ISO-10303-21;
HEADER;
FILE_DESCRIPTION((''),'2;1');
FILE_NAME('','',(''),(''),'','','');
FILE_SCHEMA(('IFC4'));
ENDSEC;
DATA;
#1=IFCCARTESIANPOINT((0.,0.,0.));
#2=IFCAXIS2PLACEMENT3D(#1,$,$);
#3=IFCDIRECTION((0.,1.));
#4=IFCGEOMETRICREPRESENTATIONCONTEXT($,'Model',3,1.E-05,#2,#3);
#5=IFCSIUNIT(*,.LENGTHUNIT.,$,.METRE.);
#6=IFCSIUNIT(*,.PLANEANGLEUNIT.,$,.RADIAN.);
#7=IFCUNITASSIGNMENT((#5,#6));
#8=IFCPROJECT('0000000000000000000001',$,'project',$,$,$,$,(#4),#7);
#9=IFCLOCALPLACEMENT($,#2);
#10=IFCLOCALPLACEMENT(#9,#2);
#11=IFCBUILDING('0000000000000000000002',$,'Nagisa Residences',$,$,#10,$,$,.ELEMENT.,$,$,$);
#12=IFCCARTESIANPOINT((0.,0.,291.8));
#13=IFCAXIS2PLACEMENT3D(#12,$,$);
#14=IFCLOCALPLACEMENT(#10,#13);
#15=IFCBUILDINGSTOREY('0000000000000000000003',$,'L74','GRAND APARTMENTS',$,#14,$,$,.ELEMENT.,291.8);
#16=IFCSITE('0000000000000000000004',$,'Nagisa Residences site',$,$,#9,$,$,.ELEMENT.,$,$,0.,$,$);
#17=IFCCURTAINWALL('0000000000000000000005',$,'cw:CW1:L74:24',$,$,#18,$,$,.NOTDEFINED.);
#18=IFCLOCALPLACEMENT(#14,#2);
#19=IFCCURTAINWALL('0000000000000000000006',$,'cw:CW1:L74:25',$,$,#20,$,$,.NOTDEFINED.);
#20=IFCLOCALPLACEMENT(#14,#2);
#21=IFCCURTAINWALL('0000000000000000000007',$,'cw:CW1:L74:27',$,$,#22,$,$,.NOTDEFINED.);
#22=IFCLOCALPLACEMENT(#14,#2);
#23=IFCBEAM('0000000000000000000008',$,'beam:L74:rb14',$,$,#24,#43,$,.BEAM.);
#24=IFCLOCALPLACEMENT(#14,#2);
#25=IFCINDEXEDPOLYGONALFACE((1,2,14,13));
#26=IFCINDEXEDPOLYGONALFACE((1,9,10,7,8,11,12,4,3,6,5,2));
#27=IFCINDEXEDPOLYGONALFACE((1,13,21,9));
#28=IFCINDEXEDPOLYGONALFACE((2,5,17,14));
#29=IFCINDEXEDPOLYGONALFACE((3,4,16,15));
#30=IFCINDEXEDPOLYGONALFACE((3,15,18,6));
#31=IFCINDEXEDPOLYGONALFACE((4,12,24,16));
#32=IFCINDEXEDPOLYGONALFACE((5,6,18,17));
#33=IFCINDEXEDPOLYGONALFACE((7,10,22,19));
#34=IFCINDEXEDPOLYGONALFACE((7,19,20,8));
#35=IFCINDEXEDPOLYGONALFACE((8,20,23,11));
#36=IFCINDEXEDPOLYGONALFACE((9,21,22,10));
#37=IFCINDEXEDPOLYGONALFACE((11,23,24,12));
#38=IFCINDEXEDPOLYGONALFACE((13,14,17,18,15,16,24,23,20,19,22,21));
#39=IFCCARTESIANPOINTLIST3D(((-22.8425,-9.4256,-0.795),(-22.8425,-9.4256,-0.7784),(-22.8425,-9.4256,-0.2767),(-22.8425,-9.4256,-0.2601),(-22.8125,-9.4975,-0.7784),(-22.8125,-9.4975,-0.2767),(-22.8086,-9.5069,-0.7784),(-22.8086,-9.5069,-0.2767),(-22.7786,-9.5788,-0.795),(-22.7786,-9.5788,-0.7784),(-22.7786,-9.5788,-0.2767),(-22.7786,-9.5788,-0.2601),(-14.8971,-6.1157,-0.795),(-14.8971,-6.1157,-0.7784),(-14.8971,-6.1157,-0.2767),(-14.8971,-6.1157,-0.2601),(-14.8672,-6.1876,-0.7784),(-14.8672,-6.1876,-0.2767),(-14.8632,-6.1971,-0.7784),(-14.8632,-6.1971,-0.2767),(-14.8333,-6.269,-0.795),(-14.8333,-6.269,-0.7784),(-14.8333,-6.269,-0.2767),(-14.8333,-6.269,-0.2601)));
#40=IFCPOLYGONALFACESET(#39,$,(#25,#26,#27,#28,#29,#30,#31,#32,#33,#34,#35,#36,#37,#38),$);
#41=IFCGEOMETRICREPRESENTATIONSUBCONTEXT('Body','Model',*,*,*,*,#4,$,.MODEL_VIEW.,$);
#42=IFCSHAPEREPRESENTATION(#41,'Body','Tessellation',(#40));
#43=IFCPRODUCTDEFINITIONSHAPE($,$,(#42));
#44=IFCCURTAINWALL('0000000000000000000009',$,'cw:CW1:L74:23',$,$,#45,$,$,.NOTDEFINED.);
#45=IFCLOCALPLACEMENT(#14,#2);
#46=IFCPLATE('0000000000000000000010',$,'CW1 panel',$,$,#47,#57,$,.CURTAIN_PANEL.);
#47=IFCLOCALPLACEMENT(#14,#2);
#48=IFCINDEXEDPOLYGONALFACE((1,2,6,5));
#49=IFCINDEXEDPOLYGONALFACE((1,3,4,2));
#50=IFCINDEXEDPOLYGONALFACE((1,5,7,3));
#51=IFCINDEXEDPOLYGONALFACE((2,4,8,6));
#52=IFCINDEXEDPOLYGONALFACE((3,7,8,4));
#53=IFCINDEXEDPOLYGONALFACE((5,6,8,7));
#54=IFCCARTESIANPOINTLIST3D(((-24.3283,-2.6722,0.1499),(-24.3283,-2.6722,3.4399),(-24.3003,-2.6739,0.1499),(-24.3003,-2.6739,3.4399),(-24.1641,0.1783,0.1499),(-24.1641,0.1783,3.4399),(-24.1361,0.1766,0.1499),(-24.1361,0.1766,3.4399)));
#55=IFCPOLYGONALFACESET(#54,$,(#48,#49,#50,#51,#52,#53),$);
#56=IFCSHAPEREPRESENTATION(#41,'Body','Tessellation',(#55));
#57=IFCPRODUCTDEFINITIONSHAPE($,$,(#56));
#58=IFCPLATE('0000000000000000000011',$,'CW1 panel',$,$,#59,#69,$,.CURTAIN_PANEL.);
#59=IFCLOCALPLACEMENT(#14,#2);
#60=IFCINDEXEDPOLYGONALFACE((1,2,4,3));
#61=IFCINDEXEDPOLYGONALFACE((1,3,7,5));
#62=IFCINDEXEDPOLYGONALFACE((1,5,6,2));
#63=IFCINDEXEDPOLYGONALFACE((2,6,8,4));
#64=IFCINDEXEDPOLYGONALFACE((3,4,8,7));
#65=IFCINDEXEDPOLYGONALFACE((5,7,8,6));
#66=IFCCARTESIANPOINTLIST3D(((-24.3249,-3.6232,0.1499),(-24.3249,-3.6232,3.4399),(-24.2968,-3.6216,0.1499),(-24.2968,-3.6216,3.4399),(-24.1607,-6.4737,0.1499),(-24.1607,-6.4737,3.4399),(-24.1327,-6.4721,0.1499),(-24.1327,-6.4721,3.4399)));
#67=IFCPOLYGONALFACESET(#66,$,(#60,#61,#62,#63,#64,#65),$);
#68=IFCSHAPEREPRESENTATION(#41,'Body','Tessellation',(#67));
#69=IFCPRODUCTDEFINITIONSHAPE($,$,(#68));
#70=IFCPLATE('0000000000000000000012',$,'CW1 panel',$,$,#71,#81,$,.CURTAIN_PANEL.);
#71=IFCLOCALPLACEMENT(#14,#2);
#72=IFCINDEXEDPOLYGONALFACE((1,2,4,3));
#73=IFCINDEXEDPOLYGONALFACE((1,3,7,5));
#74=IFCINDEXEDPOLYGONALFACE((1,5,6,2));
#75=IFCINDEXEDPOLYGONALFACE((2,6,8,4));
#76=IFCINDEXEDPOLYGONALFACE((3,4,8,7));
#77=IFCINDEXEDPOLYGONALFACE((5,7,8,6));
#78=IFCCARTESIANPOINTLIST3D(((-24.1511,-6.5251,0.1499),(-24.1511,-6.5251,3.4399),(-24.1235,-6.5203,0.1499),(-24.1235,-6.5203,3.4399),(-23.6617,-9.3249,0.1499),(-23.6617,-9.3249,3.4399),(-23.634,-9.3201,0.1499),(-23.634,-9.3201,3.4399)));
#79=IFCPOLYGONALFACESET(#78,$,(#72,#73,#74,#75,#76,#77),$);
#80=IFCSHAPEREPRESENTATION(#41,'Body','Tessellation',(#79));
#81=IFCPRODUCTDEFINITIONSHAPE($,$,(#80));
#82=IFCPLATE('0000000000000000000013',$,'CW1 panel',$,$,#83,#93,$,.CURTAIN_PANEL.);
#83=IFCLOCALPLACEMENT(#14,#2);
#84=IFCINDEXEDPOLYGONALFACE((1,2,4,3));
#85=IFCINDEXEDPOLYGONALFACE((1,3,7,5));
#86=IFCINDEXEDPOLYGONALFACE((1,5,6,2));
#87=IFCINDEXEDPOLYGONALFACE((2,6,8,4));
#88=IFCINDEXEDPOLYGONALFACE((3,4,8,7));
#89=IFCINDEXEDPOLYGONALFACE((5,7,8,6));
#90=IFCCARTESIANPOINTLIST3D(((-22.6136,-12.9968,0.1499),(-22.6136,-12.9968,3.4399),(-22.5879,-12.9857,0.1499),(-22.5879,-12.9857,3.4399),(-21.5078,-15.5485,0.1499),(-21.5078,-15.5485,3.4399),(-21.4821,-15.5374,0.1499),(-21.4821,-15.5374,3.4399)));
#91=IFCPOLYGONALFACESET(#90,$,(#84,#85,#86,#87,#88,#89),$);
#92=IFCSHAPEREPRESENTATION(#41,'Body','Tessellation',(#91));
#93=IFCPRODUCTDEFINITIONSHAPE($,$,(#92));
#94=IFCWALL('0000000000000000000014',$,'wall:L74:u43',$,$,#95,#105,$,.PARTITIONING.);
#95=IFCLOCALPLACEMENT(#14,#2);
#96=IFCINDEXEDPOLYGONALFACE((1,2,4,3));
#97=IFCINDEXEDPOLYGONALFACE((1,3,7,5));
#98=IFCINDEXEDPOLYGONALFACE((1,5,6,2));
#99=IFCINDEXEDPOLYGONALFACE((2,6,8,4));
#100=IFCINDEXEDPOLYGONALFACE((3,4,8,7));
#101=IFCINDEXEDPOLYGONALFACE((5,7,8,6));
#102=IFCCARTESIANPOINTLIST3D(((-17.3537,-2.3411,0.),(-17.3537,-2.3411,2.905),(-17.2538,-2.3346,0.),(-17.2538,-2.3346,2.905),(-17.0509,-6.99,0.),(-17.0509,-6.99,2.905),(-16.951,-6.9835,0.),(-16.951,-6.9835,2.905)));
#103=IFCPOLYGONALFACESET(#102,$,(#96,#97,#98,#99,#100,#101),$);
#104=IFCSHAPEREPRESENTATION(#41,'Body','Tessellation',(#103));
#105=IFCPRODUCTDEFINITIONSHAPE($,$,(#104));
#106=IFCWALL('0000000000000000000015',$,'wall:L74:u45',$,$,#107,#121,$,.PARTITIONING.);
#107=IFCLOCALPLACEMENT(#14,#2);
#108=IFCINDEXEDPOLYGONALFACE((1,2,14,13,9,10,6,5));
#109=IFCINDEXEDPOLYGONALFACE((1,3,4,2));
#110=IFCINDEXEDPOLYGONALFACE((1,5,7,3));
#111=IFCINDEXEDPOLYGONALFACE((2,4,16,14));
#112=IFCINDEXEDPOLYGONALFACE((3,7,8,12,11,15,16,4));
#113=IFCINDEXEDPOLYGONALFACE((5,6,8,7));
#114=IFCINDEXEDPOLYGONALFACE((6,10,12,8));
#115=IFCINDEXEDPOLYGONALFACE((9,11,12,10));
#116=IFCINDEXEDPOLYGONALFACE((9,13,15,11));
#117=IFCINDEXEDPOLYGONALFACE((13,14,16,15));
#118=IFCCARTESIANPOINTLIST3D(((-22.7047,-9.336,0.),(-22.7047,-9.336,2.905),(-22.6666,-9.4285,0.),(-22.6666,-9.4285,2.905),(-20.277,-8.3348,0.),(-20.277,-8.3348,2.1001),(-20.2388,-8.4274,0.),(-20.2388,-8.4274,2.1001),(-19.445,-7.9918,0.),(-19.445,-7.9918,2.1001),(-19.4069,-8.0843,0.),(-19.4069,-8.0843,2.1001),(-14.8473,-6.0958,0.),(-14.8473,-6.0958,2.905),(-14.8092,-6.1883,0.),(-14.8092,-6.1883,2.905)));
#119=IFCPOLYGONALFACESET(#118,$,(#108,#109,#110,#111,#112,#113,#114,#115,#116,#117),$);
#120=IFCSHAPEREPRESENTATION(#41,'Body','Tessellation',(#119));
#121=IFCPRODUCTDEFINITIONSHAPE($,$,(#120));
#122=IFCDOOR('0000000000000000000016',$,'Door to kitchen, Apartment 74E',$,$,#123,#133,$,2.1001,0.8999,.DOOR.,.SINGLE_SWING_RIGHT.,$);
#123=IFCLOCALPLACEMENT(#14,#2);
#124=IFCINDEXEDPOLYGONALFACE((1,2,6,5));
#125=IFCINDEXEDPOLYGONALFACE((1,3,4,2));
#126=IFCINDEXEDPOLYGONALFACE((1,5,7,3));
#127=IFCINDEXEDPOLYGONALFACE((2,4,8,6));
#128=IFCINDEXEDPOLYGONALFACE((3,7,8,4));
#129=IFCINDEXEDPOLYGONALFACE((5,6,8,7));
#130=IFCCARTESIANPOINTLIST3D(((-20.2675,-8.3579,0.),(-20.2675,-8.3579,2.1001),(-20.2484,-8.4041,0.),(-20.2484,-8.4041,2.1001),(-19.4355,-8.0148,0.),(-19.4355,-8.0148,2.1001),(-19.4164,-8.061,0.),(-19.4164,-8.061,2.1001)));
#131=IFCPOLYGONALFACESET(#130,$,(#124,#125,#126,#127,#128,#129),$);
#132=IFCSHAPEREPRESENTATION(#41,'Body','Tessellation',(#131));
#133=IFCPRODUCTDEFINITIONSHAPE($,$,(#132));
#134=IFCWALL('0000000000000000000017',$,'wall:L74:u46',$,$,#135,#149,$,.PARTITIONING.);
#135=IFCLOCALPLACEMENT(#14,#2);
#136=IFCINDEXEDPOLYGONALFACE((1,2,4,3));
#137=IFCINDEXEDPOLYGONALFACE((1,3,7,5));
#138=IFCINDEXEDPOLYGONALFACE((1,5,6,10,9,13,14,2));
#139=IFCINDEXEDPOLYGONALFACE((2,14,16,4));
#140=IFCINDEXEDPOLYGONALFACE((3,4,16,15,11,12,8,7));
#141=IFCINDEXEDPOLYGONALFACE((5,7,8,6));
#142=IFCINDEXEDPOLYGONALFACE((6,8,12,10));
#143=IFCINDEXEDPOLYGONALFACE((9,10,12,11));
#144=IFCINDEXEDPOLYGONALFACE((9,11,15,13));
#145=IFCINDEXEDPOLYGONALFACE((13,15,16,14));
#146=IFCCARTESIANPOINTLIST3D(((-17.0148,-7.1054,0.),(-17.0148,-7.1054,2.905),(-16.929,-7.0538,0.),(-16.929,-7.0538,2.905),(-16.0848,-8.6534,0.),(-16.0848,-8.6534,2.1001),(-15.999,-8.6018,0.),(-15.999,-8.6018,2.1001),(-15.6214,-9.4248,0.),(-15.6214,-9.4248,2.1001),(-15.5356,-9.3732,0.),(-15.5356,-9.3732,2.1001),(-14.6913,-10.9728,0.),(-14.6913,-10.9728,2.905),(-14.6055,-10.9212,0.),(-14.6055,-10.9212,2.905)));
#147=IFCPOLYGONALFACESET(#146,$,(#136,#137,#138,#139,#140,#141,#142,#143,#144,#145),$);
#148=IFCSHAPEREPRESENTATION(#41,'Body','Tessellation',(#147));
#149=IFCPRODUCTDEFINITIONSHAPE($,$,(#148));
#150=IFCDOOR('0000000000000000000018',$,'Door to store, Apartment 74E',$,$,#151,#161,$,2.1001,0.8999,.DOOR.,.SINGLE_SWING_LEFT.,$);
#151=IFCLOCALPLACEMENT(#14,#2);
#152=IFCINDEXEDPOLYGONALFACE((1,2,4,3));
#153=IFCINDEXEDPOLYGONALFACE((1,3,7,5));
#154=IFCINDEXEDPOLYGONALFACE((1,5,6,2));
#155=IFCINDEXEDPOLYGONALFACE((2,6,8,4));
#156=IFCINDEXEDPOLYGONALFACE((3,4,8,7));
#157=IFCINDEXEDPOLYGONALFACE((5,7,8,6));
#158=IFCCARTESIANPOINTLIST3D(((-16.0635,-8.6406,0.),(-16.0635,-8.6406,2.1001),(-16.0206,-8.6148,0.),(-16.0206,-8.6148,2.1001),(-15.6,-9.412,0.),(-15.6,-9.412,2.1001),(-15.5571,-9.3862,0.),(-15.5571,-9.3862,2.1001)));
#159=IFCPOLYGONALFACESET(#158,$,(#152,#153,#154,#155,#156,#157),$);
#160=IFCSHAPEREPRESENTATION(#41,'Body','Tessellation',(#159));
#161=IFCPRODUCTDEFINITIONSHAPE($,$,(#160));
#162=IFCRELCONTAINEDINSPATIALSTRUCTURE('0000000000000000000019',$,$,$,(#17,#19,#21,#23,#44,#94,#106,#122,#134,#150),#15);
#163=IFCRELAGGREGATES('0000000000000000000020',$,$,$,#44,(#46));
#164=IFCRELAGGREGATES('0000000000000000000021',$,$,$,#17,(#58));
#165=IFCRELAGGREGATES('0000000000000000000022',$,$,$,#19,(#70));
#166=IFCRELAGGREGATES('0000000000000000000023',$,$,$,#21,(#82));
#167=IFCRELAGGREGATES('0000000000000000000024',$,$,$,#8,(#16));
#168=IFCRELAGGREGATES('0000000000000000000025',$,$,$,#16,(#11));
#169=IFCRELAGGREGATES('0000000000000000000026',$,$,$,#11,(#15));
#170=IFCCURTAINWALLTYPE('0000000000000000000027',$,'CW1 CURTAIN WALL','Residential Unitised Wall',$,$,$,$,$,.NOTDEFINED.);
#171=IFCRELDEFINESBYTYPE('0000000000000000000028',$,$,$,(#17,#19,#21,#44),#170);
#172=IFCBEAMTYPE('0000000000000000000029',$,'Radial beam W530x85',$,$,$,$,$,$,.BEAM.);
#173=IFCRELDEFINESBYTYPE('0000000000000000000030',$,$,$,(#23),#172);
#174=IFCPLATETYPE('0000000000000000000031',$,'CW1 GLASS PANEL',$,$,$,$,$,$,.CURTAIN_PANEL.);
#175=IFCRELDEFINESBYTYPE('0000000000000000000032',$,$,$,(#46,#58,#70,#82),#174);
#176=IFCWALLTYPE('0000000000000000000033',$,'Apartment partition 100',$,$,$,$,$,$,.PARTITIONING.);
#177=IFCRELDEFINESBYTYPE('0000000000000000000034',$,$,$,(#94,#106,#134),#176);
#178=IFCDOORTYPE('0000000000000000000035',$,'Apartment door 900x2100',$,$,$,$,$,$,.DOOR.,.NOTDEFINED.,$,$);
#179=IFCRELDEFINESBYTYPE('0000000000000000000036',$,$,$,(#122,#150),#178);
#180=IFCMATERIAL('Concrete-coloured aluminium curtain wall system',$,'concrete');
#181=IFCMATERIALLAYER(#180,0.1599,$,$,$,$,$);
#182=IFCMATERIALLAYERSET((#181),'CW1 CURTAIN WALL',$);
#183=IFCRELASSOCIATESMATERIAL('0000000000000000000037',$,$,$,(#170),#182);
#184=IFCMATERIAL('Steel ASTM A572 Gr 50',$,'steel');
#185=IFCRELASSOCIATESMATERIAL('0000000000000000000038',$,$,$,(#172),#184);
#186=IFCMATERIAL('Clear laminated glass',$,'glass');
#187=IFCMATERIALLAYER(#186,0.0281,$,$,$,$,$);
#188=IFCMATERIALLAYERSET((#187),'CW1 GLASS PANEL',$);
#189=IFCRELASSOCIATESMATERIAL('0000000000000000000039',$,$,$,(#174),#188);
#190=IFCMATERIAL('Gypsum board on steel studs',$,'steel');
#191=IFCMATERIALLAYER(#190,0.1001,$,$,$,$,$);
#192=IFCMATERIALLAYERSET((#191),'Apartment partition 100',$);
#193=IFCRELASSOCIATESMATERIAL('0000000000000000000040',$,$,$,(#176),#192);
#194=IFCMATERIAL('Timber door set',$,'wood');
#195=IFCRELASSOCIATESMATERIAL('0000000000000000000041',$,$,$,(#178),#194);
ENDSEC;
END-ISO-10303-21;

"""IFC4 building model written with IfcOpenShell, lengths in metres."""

from ifc_helpers import new_model, si_unit, direction, frame, frame_2d, origin, origin_2d, place, context, subcontext, project, spatial, rectangle, i_section, extrude, material, layer, layer_set, material_profile, profile_set, type_object, element, fill, aggregate, save


model = new_model("IFC4")

# Units and contexts
model_context = context("Model", 3, precision=1e-05, world=origin(), true_north=direction((0.0, 1.0)))
body_context = subcontext(model_context, "Body", "Model", "MODEL_VIEW")
ifc_project = project(units=[si_unit("LENGTHUNIT", "METRE"), si_unit("PLANEANGLEUNIT", "RADIAN")], contexts=[model_context])

# Site, building, storey
site_placement = place(None, origin())
site = spatial("IfcSite", under=ifc_project, at=site_placement, Name="Nagisa Residences site", CompositionType="ELEMENT", RefElevation=0.0)
building_placement = place(site_placement, origin())
building = spatial("IfcBuilding", under=site, at=building_placement, Name="Nagisa Residences", CompositionType="ELEMENT")
storey_placement = place(building_placement, frame((0.0, 0.0, 291.8)))
storey = spatial("IfcBuildingStorey", under=building, at=storey_placement, Name="L74", Description="GRAND APARTMENTS", CompositionType="ELEMENT", Elevation=291.8)

# Curtain walls
ifc_material_1 = material(Name="Concrete-coloured aluminium curtain wall system", Category="concrete")
ifc_layer_1 = layer(ifc_material_1, 0.1599)
ifc_layer_set_1 = layer_set([ifc_layer_1], Name="CW1 CURTAIN WALL")
curtain_wall_type = type_object("IfcCurtainWallType", Name="CW1 CURTAIN WALL", Description="Residential Unitised Wall", PredefinedType="NOTDEFINED", material=ifc_layer_set_1)
curtain_wall_1_placement = place(storey_placement, origin())
curtain_wall_1 = element("IfcCurtainWall", 1, at=curtain_wall_1_placement, inside=storey, type_object=curtain_wall_type, Name="cw:CW1:L74:24", PredefinedType="NOTDEFINED")
curtain_wall_2_placement = place(storey_placement, origin())
curtain_wall_2 = element("IfcCurtainWall", 2, at=curtain_wall_2_placement, inside=storey, type_object=curtain_wall_type, Name="cw:CW1:L74:25", PredefinedType="NOTDEFINED")
curtain_wall_3_placement = place(storey_placement, origin())
curtain_wall_3 = element("IfcCurtainWall", 3, at=curtain_wall_3_placement, inside=storey, type_object=curtain_wall_type, Name="cw:CW1:L74:27", PredefinedType="NOTDEFINED")

# Beam
ifc_material_2 = material(Name="Steel ASTM A572 Gr 50", Category="steel")
ifc_material_profile_1 = material_profile(ifc_material_2, i_section(OverallWidth=0.166, OverallDepth=0.5349, WebThickness=0.0103, FlangeThickness=0.0166, at=origin_2d()), Name="W530x85")
ifc_profile_set_1 = profile_set([ifc_material_profile_1], Name="Steel ASTM A572 Gr 50")
beam_type_1 = type_object("IfcBeamType", Name="Radial beam W530x85", PredefinedType="BEAM", material=ifc_profile_set_1)
beam_1_placement = place(storey_placement, frame((-22.8105, -9.5022, -0.5276), z_axis=(0.923107, 0.384543, 0.0), x_axis=(-0.384543, 0.923107, 0.0)))
element("IfcBeam", 4, at=beam_1_placement, inside=storey, type_object=beam_type_1, Name="beam:L74:rb14", PredefinedType="BEAM", context=body_context, shape_type="SweptSolid", body=[
    extrude(i_section(OverallWidth=0.166, OverallDepth=0.5349, WebThickness=0.0103, FlangeThickness=0.0166, at=origin_2d()), origin(), (0.0, 0.0, 1.0), 8.6072),
])

# Curtain wall, plate
curtain_wall_4_placement = place(storey_placement, origin())
curtain_wall_4 = element("IfcCurtainWall", 5, at=curtain_wall_4_placement, inside=storey, type_object=curtain_wall_type, Name="cw:CW1:L74:23", PredefinedType="NOTDEFINED")
ifc_material_3 = material(Name="Clear laminated glass", Category="glass")
ifc_layer_2 = layer(ifc_material_3, 0.0281)
ifc_layer_set_2 = layer_set([ifc_layer_2], Name="CW1 GLASS PANEL")
plate_type = type_object("IfcPlateType", Name="CW1 GLASS PANEL", PredefinedType="CURTAIN_PANEL", material=ifc_layer_set_2)
plate_1_placement = place(storey_placement, frame((-24.2322, -1.2478, 0.1499), z_axis=(0.0, 0.0, 1.0), x_axis=(-0.057503, -0.998345, 0.0)))
plate_1 = element("IfcPlate", 6, at=plate_1_placement, type_object=plate_type, Name="CW1 panel", PredefinedType="CURTAIN_PANEL", context=body_context, shape_type="SweptSolid", body=[
    extrude(rectangle(XDim=2.8552, YDim=0.0281, at=origin_2d()), origin(), (0.0, 0.0, 1.0), 3.29),
])
aggregate(curtain_wall_4, [plate_1])

# Plates
plate_2_placement = place(storey_placement, frame((-24.2288, -5.0476, 0.1499), z_axis=(0.0, 0.0, 1.0), x_axis=(0.057503, -0.998345, 0.0)))
plate_2 = element("IfcPlate", 7, at=plate_2_placement, type_object=plate_type, Name="CW1 panel", PredefinedType="CURTAIN_PANEL", context=body_context, shape_type="SweptSolid", body=[
    extrude(rectangle(XDim=2.8552, YDim=0.0281, at=origin_2d()), origin(), (0.0, 0.0, 1.0), 3.29),
])
aggregate(curtain_wall_1, [plate_2])
plate_3_placement = place(storey_placement, frame((-23.8926, -7.9226, 0.1499), z_axis=(0.0, 0.0, 1.0), x_axis=(0.172191, -0.985064, 0.0)))
plate_3 = element("IfcPlate", 8, at=plate_3_placement, type_object=plate_type, Name="CW1 panel", PredefinedType="CURTAIN_PANEL", context=body_context, shape_type="SweptSolid", body=[
    extrude(rectangle(XDim=2.8423, YDim=0.0281, at=origin_2d()), origin(), (0.0, 0.0, 1.0), 3.29),
])
aggregate(curtain_wall_2, [plate_3])
plate_4_placement = place(storey_placement, frame((-22.0479, -14.2671, 0.1499), z_axis=(0.0, 0.0, 1.0), x_axis=(0.397636, -0.917543, 0.0)))
plate_4 = element("IfcPlate", 9, at=plate_4_placement, type_object=plate_type, Name="CW1 panel", PredefinedType="CURTAIN_PANEL", context=body_context, shape_type="SweptSolid", body=[
    extrude(rectangle(XDim=2.781, YDim=0.0281, at=origin_2d()), origin(), (0.0, 0.0, 1.0), 3.29),
])
aggregate(curtain_wall_3, [plate_4])

# Wall
ifc_material_4 = material(Name="Gypsum board on steel studs", Category="steel")
ifc_layer_3 = layer(ifc_material_4, 0.1001)
ifc_layer_set_3 = layer_set([ifc_layer_3], Name="Apartment partition 100")
wall_type_1 = type_object("IfcWallType", Name="Apartment partition 100", PredefinedType="PARTITIONING", material=ifc_layer_set_3)
wall_1_placement = place(storey_placement, frame((-17.3037, -2.3379, 0.0), z_axis=(0.0, 0.0, 1.0), x_axis=(0.064982, -0.997886, 0.0)))
element("IfcWall", 10, at=wall_1_placement, inside=storey, type_object=wall_type_1, Name="wall:L74:u43", PredefinedType="PARTITIONING", context=body_context, shape_type="SweptSolid", body=[
    extrude(rectangle(XDim=4.6587, YDim=0.1001, at=frame_2d((2.3293, 0.0))), origin(), (0.0, 0.0, 1.0), 2.905),
])

# Walls, openings, doors
wall_2_placement = place(storey_placement, frame((-14.8284, -6.1421, 0.0), z_axis=(0.0, 0.0, 1.0), x_axis=(-0.924478, -0.381235, 0.0)))
wall_2 = element("IfcWall", 11, at=wall_2_placement, inside=storey, type_object=wall_type_1, Name="wall:L74:u45", PredefinedType="PARTITIONING", context=body_context, shape_type="SweptSolid", body=[
    extrude(rectangle(XDim=8.4993, YDim=0.1001, at=frame_2d((4.2495, 0.0))), origin(), (0.0, 0.0, 1.0), 2.905),
])
opening_1_placement = place(wall_2_placement, frame((4.9731, 0.0, 0.0)))
opening_1 = element("IfcOpeningElement", 12, at=opening_1_placement, cuts=wall_2, PredefinedType="OPENING", context=body_context, shape_type="SweptSolid", body=[
    extrude(rectangle(XDim=0.8999, YDim=2.1001, at=frame_2d((0.45, 1.05))), frame((0.0, 0.0601, 0.0), z_axis=(0.0, -1.0, 0.0), x_axis=(1.0, 0.0, 0.0)), (0.0, 0.0, 1.0), 0.1201),
])
ifc_material_5 = material(Name="Timber door set", Category="wood")
door_type_1 = type_object("IfcDoorType", Name="Apartment door 900x2100", OperationType="NOTDEFINED", PredefinedType="DOOR", material=ifc_material_5)
door_1_placement = place(opening_1_placement, origin())
door_1 = element("IfcDoor", 13, at=door_1_placement, inside=storey, type_object=door_type_1, Name="Door to kitchen, Apartment 74E", OperationType="SINGLE_SWING_RIGHT", OverallHeight=2.1001, OverallWidth=0.8999, PredefinedType="DOOR", context=body_context, shape_type="SweptSolid", body=[
    extrude(rectangle(XDim=0.8999, YDim=2.1001, at=frame_2d((0.45, 1.05))), frame((0.0, 0.0249, 0.0), z_axis=(0.0, -1.0, 0.0), x_axis=(1.0, 0.0, 0.0)), (0.0, 0.0, 1.0), 0.05),
])
fill(opening_1, door_1)
wall_3_placement = place(storey_placement, frame((-16.9719, -7.0796, 0.0), z_axis=(0.0, 0.0, 1.0), x_axis=(0.514989, -0.857197, 0.0)))
wall_3 = element("IfcWall", 14, at=wall_3_placement, inside=storey, type_object=wall_type_1, Name="wall:L74:u46", PredefinedType="PARTITIONING", context=body_context, shape_type="SweptSolid", body=[
    extrude(rectangle(XDim=4.5117, YDim=0.1001, at=frame_2d((2.2559, 0.0))), origin(), (0.0, 0.0, 1.0), 2.905),
])
opening_2_placement = place(wall_3_placement, frame((1.8059, 0.0, 0.0)))
opening_2 = element("IfcOpeningElement", 15, at=opening_2_placement, cuts=wall_3, PredefinedType="OPENING", context=body_context, shape_type="SweptSolid", body=[
    extrude(rectangle(XDim=0.8999, YDim=2.1001, at=frame_2d((0.45, 1.05))), frame((0.0, 0.0601, 0.0), z_axis=(0.0, -1.0, 0.0), x_axis=(1.0, 0.0, 0.0)), (0.0, 0.0, 1.0), 0.1201),
])
door_2_placement = place(opening_2_placement, origin())
door_2 = element("IfcDoor", 16, at=door_2_placement, inside=storey, type_object=door_type_1, Name="Door to store, Apartment 74E", OperationType="SINGLE_SWING_LEFT", OverallHeight=2.1001, OverallWidth=0.8999, PredefinedType="DOOR", context=body_context, shape_type="SweptSolid", body=[
    extrude(rectangle(XDim=0.8999, YDim=2.1001, at=frame_2d((0.45, 1.05))), frame((0.0, 0.0249, 0.0), z_axis=(0.0, -1.0, 0.0), x_axis=(1.0, 0.0, 0.0)), (0.0, 0.0, 1.0), 0.05),
])
fill(opening_2, door_2)

save(model, "model.ifc")
